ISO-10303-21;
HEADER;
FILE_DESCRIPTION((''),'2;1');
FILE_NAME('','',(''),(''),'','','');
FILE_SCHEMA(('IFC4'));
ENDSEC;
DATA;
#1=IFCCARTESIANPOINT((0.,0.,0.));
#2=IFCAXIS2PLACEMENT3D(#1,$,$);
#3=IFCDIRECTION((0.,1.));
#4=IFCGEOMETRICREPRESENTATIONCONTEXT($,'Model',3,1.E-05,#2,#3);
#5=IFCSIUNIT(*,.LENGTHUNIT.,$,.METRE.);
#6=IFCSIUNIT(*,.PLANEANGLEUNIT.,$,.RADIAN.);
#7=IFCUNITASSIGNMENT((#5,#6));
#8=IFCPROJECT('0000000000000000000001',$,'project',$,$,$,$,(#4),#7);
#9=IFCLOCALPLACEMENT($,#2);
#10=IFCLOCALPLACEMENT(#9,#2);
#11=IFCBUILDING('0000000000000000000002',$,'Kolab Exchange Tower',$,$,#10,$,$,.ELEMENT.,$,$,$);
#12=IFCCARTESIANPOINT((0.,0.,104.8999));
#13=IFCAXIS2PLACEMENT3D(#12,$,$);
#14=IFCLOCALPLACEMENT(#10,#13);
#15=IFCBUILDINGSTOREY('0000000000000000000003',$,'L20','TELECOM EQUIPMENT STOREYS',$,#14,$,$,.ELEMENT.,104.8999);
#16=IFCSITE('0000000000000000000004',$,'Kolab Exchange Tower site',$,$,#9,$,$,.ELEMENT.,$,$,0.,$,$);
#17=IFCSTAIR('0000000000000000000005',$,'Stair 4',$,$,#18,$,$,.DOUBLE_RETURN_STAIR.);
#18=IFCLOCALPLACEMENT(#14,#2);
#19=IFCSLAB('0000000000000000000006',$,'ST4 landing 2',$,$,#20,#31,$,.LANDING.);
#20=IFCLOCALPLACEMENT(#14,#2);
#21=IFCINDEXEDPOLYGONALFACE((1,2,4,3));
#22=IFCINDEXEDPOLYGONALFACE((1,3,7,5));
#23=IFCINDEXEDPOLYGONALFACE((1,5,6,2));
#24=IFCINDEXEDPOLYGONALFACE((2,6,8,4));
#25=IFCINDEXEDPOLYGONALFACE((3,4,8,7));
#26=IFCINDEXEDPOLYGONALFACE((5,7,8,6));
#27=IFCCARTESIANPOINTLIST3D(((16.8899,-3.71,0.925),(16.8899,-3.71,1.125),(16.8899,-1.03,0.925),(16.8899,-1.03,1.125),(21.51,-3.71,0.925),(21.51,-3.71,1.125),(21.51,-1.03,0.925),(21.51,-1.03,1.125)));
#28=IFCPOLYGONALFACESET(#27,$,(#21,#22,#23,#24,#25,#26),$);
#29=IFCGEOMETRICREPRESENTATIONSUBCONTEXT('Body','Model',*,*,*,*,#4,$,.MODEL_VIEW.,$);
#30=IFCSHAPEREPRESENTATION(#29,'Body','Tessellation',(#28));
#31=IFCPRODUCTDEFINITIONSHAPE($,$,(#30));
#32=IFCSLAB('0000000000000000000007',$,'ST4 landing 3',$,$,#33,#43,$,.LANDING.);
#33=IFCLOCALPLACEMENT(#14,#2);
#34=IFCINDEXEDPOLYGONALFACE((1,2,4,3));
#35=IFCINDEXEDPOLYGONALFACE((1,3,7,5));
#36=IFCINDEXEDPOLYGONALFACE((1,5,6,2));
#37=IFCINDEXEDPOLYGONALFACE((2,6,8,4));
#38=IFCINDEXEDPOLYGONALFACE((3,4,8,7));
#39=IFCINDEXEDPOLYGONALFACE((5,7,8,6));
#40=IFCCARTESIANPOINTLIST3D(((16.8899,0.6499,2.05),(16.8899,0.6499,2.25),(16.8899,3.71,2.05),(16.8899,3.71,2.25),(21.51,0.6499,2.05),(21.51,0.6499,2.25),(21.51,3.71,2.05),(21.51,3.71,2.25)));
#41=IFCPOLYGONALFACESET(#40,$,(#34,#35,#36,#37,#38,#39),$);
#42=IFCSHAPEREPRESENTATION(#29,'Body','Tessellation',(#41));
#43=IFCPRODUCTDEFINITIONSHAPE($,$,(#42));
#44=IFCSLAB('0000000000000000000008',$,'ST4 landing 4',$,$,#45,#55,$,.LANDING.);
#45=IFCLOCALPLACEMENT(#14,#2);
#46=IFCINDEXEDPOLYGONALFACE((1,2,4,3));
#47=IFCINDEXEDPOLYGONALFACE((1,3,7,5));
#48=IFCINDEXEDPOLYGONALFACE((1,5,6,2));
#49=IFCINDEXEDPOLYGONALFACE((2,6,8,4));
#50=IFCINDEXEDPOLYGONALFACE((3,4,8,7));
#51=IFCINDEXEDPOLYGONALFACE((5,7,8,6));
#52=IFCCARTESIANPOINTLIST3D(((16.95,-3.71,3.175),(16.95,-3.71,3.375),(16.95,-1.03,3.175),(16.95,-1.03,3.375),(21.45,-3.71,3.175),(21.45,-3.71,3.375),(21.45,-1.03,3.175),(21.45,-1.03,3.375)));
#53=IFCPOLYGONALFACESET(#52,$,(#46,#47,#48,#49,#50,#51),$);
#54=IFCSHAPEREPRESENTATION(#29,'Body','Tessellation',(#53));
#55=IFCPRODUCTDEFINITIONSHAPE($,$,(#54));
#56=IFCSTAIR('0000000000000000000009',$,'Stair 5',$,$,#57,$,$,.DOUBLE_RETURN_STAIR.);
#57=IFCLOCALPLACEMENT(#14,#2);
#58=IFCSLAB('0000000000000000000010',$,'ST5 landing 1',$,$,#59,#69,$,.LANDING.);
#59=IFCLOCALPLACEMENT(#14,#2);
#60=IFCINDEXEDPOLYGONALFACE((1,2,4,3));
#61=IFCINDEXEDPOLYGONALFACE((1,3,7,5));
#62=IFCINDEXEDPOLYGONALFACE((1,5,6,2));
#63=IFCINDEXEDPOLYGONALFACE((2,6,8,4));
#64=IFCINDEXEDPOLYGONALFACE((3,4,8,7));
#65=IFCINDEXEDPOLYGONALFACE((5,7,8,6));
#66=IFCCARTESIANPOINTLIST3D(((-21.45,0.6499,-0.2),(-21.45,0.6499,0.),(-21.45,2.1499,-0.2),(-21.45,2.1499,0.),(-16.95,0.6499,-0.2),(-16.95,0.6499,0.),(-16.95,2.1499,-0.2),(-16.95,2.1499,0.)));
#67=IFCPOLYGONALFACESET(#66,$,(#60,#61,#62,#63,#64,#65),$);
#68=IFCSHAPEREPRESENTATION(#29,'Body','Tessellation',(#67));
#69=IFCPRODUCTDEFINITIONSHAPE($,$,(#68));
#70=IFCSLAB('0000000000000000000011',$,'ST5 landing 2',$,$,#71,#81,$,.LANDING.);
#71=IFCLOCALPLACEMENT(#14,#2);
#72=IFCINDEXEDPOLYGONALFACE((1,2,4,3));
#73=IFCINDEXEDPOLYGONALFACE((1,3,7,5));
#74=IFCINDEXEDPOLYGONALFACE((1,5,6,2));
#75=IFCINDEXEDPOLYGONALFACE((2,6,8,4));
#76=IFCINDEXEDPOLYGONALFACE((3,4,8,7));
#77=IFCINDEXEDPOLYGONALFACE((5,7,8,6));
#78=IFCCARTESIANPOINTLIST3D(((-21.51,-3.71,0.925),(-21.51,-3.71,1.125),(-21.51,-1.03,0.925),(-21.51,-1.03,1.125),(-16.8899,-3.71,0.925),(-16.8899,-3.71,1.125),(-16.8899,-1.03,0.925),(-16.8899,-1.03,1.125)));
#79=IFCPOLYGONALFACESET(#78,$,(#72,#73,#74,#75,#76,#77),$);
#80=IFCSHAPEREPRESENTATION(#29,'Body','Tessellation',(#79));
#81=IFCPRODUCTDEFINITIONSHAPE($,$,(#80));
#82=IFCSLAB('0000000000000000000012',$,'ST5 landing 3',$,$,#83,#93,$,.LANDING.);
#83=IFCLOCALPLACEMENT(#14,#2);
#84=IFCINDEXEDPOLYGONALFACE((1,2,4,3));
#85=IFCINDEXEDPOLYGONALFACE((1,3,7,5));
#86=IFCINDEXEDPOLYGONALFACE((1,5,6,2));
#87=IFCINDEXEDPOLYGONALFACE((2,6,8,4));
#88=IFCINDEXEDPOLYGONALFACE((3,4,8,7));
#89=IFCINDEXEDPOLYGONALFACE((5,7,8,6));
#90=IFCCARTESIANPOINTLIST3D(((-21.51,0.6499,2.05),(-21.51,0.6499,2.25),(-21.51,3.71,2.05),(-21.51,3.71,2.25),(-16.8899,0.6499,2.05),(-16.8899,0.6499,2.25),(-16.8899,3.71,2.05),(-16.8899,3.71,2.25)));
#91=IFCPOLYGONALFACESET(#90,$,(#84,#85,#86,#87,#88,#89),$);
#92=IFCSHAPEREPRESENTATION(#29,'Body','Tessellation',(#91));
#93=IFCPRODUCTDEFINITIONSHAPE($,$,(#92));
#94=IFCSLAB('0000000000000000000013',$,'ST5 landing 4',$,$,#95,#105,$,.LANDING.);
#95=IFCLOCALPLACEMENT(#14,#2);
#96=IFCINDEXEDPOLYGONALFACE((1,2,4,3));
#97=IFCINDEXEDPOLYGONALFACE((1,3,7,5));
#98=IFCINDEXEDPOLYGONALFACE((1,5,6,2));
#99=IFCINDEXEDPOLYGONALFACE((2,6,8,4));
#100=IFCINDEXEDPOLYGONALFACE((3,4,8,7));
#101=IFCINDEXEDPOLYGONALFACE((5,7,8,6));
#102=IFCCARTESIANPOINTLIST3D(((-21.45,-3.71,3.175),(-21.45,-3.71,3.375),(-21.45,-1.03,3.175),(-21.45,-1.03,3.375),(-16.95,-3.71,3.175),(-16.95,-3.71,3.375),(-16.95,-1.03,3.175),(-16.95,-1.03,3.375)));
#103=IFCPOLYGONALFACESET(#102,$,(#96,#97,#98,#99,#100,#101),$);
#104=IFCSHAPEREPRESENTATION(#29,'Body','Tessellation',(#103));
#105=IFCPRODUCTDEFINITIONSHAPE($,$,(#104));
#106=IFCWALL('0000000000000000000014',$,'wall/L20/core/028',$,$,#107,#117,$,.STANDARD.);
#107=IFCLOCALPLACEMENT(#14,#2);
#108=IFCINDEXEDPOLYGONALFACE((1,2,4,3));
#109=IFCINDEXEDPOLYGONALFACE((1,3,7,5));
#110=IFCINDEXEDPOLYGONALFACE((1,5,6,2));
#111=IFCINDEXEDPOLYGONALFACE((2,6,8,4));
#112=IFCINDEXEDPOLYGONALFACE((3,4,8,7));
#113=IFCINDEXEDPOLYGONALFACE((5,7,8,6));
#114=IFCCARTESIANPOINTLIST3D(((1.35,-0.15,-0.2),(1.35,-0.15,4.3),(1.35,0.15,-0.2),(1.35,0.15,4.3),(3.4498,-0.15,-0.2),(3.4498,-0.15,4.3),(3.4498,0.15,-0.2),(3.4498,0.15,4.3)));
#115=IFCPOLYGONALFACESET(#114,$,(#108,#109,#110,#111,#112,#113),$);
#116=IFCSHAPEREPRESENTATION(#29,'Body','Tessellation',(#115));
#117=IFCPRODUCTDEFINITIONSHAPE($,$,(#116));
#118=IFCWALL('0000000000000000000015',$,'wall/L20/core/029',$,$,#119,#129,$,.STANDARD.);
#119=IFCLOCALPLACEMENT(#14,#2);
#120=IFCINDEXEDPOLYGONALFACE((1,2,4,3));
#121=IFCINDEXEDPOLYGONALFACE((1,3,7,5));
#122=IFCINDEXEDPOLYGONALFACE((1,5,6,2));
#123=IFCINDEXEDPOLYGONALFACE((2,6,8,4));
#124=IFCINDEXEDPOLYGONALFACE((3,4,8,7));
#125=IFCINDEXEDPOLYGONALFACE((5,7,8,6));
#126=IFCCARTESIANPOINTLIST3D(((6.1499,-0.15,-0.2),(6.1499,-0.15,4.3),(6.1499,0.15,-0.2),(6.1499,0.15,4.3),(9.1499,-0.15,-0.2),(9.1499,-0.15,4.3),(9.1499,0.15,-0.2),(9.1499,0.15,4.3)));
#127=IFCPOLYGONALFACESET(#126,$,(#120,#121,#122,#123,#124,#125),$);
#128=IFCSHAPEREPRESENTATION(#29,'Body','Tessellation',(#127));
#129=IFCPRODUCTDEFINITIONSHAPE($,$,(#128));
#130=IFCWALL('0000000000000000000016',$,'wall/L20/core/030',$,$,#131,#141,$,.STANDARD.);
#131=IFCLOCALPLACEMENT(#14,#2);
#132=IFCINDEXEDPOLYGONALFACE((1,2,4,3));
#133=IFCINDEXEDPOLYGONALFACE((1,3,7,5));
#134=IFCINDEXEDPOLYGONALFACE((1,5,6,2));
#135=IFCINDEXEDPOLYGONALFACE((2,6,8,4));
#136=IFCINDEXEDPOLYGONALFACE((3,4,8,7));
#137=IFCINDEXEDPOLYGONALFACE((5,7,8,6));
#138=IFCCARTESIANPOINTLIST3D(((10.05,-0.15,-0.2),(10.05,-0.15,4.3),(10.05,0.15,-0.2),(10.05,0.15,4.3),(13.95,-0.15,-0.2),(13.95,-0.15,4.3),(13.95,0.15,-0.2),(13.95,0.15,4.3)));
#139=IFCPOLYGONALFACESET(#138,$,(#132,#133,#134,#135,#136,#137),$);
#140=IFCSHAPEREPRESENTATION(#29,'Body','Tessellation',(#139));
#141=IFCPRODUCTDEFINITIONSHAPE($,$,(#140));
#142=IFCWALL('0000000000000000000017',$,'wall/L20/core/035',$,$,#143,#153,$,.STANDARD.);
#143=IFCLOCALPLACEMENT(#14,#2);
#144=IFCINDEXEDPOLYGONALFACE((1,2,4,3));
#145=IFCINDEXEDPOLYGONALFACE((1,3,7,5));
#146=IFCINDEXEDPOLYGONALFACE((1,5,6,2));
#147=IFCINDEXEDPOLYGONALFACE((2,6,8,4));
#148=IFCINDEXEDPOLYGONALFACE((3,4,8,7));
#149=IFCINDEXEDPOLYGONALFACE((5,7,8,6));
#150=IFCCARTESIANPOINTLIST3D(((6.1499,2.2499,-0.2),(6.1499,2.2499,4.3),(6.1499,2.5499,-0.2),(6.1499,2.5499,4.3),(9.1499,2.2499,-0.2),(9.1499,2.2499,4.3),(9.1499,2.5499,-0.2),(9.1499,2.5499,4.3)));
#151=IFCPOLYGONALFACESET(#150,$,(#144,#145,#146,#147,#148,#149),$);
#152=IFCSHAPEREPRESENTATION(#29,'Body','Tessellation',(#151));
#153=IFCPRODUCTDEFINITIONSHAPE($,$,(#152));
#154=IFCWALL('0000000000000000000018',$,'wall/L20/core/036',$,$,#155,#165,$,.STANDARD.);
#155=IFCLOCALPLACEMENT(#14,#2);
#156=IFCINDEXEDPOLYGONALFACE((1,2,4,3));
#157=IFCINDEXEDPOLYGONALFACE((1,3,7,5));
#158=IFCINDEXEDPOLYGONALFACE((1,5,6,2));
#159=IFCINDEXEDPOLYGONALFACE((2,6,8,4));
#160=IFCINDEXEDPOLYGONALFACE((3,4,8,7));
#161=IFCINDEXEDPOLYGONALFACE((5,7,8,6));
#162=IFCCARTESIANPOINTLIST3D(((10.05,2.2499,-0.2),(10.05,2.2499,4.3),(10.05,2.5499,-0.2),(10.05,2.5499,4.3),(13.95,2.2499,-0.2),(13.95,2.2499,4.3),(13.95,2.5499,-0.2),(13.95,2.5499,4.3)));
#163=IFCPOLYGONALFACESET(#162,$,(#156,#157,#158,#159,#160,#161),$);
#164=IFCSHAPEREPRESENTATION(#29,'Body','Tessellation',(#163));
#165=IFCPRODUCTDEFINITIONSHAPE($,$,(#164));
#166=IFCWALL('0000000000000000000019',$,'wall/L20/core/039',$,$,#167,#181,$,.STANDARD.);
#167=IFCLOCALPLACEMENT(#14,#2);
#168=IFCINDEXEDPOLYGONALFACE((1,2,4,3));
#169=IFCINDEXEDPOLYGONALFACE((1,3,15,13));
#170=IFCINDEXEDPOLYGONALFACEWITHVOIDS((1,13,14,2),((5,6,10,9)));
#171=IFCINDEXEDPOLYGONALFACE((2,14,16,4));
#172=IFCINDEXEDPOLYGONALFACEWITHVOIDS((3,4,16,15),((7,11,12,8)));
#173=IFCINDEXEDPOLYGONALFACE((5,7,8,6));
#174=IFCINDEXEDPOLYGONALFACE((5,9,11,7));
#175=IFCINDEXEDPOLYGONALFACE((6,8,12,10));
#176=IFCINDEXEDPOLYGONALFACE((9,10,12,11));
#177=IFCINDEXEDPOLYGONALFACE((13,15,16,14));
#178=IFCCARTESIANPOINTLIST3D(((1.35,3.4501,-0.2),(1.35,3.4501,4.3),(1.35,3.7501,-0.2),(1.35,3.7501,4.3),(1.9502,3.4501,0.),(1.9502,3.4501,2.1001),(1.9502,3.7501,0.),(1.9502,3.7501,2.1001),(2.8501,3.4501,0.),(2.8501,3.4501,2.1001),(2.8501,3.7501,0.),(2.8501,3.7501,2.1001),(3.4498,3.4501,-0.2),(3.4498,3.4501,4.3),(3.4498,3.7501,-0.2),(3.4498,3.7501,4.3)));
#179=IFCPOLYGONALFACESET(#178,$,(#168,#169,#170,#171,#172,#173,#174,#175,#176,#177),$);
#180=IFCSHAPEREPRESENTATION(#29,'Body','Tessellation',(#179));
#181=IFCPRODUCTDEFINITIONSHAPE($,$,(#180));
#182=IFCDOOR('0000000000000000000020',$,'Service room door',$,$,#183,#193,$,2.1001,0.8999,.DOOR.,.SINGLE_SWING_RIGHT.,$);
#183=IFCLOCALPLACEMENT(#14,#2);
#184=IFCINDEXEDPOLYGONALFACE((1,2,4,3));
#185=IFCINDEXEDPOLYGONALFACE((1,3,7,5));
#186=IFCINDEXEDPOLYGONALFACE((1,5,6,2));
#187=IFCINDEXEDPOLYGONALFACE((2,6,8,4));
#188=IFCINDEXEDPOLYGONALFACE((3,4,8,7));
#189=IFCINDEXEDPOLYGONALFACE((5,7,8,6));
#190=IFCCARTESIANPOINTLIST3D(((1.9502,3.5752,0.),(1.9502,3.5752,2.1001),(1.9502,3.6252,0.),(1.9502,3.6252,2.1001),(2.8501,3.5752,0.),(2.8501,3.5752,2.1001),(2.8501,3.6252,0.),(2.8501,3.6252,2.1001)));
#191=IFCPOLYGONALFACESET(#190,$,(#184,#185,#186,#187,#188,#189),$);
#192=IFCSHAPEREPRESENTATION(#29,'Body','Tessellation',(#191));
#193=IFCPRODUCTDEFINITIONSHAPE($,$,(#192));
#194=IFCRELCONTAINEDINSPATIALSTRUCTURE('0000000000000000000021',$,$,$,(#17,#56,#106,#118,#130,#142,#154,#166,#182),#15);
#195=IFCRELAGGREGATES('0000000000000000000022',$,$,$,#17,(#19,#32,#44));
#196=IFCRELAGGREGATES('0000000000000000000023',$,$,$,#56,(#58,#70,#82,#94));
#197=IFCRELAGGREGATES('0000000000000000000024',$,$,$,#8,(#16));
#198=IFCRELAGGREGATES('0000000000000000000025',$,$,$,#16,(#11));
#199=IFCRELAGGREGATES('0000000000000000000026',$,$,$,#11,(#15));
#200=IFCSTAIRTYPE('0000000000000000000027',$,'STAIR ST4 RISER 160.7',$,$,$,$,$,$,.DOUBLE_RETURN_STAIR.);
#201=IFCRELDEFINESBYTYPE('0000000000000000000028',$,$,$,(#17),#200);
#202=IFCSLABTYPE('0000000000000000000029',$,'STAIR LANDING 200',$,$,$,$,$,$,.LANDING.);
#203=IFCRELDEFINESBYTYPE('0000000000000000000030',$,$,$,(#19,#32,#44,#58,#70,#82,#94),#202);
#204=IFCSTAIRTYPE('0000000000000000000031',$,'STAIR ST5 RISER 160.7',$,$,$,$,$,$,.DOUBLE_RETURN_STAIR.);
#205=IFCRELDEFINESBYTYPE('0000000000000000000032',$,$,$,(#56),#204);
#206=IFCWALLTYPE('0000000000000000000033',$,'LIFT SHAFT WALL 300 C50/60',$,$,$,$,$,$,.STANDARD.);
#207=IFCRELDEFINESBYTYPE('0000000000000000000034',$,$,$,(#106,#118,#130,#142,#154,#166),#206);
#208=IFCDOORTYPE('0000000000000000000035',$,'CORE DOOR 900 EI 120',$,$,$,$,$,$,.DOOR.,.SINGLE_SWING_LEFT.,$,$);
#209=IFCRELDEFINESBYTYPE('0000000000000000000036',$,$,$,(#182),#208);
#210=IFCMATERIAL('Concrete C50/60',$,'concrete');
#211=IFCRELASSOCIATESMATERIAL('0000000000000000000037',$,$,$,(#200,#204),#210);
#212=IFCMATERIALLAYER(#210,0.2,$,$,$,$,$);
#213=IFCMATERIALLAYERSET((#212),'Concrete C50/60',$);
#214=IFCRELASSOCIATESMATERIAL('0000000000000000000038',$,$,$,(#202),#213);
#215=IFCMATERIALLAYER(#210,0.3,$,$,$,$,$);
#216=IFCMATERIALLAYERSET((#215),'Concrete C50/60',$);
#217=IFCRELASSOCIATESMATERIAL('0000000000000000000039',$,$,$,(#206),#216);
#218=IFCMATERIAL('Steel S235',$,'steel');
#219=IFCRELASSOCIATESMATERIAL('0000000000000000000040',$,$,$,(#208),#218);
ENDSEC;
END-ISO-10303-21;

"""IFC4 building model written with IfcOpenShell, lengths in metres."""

from ifc_helpers import new_model, si_unit, direction, frame, frame_2d, origin, place, context, subcontext, project, spatial, polyline, rectangle, outline, extrude, material, layer, layer_set, type_object, element, fill, aggregate, save


model = new_model("IFC4")

# Units and contexts
model_context = context("Model", 3, precision=1e-05, world=origin(), true_north=direction((0.0, 1.0)))
body_context = subcontext(model_context, "Body", "Model", "MODEL_VIEW")
ifc_project = project(units=[si_unit("LENGTHUNIT", "METRE"), si_unit("PLANEANGLEUNIT", "RADIAN")], contexts=[model_context])

# Site, building, storey
site_placement = place(None, origin())
site = spatial("IfcSite", under=ifc_project, at=site_placement, Name="Kolab Exchange Tower site", CompositionType="ELEMENT", RefElevation=0.0)
building_placement = place(site_placement, origin())
building = spatial("IfcBuilding", under=site, at=building_placement, Name="Kolab Exchange Tower", CompositionType="ELEMENT")
storey_placement = place(building_placement, frame((0.0, 0.0, 104.8999)))
storey = spatial("IfcBuildingStorey", under=building, at=storey_placement, Name="L20", Description="TELECOM EQUIPMENT STOREYS", CompositionType="ELEMENT", Elevation=104.8999)

# Stairs, slabs
ifc_material_1 = material(Name="Concrete C50/60", Category="concrete")
stair_type_1 = type_object("IfcStairType", Name="STAIR ST4 RISER 160.7", PredefinedType="DOUBLE_RETURN_STAIR", material=ifc_material_1)
stair_1_placement = place(storey_placement, origin())
stair_1 = element("IfcStair", 1, at=stair_1_placement, inside=storey, type_object=stair_type_1, Name="Stair 4", PredefinedType="DOUBLE_RETURN_STAIR")
ifc_layer_1 = layer(ifc_material_1, 0.2)
ifc_layer_set_1 = layer_set([ifc_layer_1], Name="Concrete C50/60")
slab_type = type_object("IfcSlabType", Name="STAIR LANDING 200", PredefinedType="LANDING", material=ifc_layer_set_1)
slab_1_placement = place(storey_placement, frame((0.0, 0.0, 0.925)))
slab_1 = element("IfcSlab", 2, at=slab_1_placement, type_object=slab_type, Name="ST4 landing 2", PredefinedType="LANDING", context=body_context, shape_type="SweptSolid", body=[
    extrude(outline(polyline([(16.8899, -3.71), (21.51, -3.71), (21.51, -1.03), (16.8899, -1.03), (16.8899, -3.71)])), origin(), (0.0, 0.0, 1.0), 0.2),
])
slab_2_placement = place(storey_placement, frame((0.0, 0.0, 2.05)))
slab_2 = element("IfcSlab", 3, at=slab_2_placement, type_object=slab_type, Name="ST4 landing 3", PredefinedType="LANDING", context=body_context, shape_type="SweptSolid", body=[
    extrude(outline(polyline([(16.8899, 0.6499), (21.51, 0.6499), (21.51, 3.71), (16.8899, 3.71), (16.8899, 0.6499)])), origin(), (0.0, 0.0, 1.0), 0.2),
])
slab_3_placement = place(storey_placement, frame((0.0, 0.0, 3.175)))
slab_3 = element("IfcSlab", 4, at=slab_3_placement, type_object=slab_type, Name="ST4 landing 4", PredefinedType="LANDING", context=body_context, shape_type="SweptSolid", body=[
    extrude(outline(polyline([(16.95, -3.71), (21.45, -3.71), (21.45, -1.03), (16.95, -1.03), (16.95, -3.71)])), origin(), (0.0, 0.0, 1.0), 0.2),
])
aggregate(stair_1, [slab_1, slab_2, slab_3])
stair_type_2 = type_object("IfcStairType", Name="STAIR ST5 RISER 160.7", PredefinedType="DOUBLE_RETURN_STAIR", material=ifc_material_1)
stair_2_placement = place(storey_placement, origin())
stair_2 = element("IfcStair", 5, at=stair_2_placement, inside=storey, type_object=stair_type_2, Name="Stair 5", PredefinedType="DOUBLE_RETURN_STAIR")
slab_4_placement = place(storey_placement, frame((0.0, 0.0, -0.2)))
slab_4 = element("IfcSlab", 6, at=slab_4_placement, type_object=slab_type, Name="ST5 landing 1", PredefinedType="LANDING", context=body_context, shape_type="SweptSolid", body=[
    extrude(outline(polyline([(-21.45, 0.6499), (-16.95, 0.6499), (-16.95, 2.1499), (-21.45, 2.1499), (-21.45, 0.6499)])), origin(), (0.0, 0.0, 1.0), 0.2),
])
slab_5_placement = place(storey_placement, frame((0.0, 0.0, 0.925)))
slab_5 = element("IfcSlab", 7, at=slab_5_placement, type_object=slab_type, Name="ST5 landing 2", PredefinedType="LANDING", context=body_context, shape_type="SweptSolid", body=[
    extrude(outline(polyline([(-21.51, -3.71), (-16.8899, -3.71), (-16.8899, -1.03), (-21.51, -1.03), (-21.51, -3.71)])), origin(), (0.0, 0.0, 1.0), 0.2),
])
slab_6_placement = place(storey_placement, frame((0.0, 0.0, 2.05)))
slab_6 = element("IfcSlab", 8, at=slab_6_placement, type_object=slab_type, Name="ST5 landing 3", PredefinedType="LANDING", context=body_context, shape_type="SweptSolid", body=[
    extrude(outline(polyline([(-21.51, 0.6499), (-16.8899, 0.6499), (-16.8899, 3.71), (-21.51, 3.71), (-21.51, 0.6499)])), origin(), (0.0, 0.0, 1.0), 0.2),
])
slab_7_placement = place(storey_placement, frame((0.0, 0.0, 3.175)))
slab_7 = element("IfcSlab", 9, at=slab_7_placement, type_object=slab_type, Name="ST5 landing 4", PredefinedType="LANDING", context=body_context, shape_type="SweptSolid", body=[
    extrude(outline(polyline([(-21.45, -3.71), (-16.95, -3.71), (-16.95, -1.03), (-21.45, -1.03), (-21.45, -3.71)])), origin(), (0.0, 0.0, 1.0), 0.2),
])
aggregate(stair_2, [slab_4, slab_5, slab_6, slab_7])

# Walls
ifc_layer_2 = layer(ifc_material_1, 0.3)
ifc_layer_set_2 = layer_set([ifc_layer_2], Name="Concrete C50/60")
wall_type_1 = type_object("IfcWallType", Name="LIFT SHAFT WALL 300 C50/60", PredefinedType="STANDARD", material=ifc_layer_set_2)
wall_1_placement = place(storey_placement, frame((1.3501, 0.0, -0.2), z_axis=(0.0, 0.0, 1.0), x_axis=(1.0, 0.0, 0.0)))
element("IfcWall", 10, at=wall_1_placement, inside=storey, type_object=wall_type_1, Name="wall/L20/core/028", PredefinedType="STANDARD", context=body_context, shape_type="SweptSolid", body=[
    extrude(rectangle(XDim=2.0999, YDim=0.3, at=frame_2d((1.0498, 0.0))), origin(), (0.0, 0.0, 1.0), 4.5),
])
wall_2_placement = place(storey_placement, frame((6.1499, 0.0, -0.2), z_axis=(0.0, 0.0, 1.0), x_axis=(1.0, 0.0, 0.0)))
element("IfcWall", 11, at=wall_2_placement, inside=storey, type_object=wall_type_1, Name="wall/L20/core/029", PredefinedType="STANDARD", context=body_context, shape_type="SweptSolid", body=[
    extrude(rectangle(XDim=3.0, YDim=0.3, at=frame_2d((1.5, 0.0))), origin(), (0.0, 0.0, 1.0), 4.5),
])
wall_3_placement = place(storey_placement, frame((10.05, 0.0, -0.2), z_axis=(0.0, 0.0, 1.0), x_axis=(1.0, 0.0, 0.0)))
element("IfcWall", 12, at=wall_3_placement, inside=storey, type_object=wall_type_1, Name="wall/L20/core/030", PredefinedType="STANDARD", context=body_context, shape_type="SweptSolid", body=[
    extrude(rectangle(XDim=3.8999, YDim=0.3, at=frame_2d((1.95, 0.0))), origin(), (0.0, 0.0, 1.0), 4.5),
])
wall_4_placement = place(storey_placement, frame((6.1499, 2.3999, -0.2), z_axis=(0.0, 0.0, 1.0), x_axis=(1.0, 0.0, 0.0)))
element("IfcWall", 13, at=wall_4_placement, inside=storey, type_object=wall_type_1, Name="wall/L20/core/035", PredefinedType="STANDARD", context=body_context, shape_type="SweptSolid", body=[
    extrude(rectangle(XDim=3.0, YDim=0.3, at=frame_2d((1.5, 0.0))), origin(), (0.0, 0.0, 1.0), 4.5),
])
wall_5_placement = place(storey_placement, frame((10.05, 2.3999, -0.2), z_axis=(0.0, 0.0, 1.0), x_axis=(1.0, 0.0, 0.0)))
element("IfcWall", 14, at=wall_5_placement, inside=storey, type_object=wall_type_1, Name="wall/L20/core/036", PredefinedType="STANDARD", context=body_context, shape_type="SweptSolid", body=[
    extrude(rectangle(XDim=3.8999, YDim=0.3, at=frame_2d((1.95, 0.0))), origin(), (0.0, 0.0, 1.0), 4.5),
])

# Wall, opening, door
wall_6_placement = place(storey_placement, frame((1.3501, 3.6001, -0.2), z_axis=(0.0, 0.0, 1.0), x_axis=(1.0, 0.0, 0.0)))
wall_6 = element("IfcWall", 15, at=wall_6_placement, inside=storey, type_object=wall_type_1, Name="wall/L20/core/039", PredefinedType="STANDARD", context=body_context, shape_type="SweptSolid", body=[
    extrude(rectangle(XDim=2.0999, YDim=0.3, at=frame_2d((1.0498, 0.0))), origin(), (0.0, 0.0, 1.0), 4.5),
])
opening_1_placement = place(wall_6_placement, frame((0.6001, 0.0, 0.2)))
opening_1 = element("IfcOpeningElement", 16, at=opening_1_placement, cuts=wall_6, PredefinedType="OPENING", context=body_context, shape_type="SweptSolid", body=[
    extrude(rectangle(XDim=0.8999, YDim=2.1001, at=frame_2d((0.45, 1.05))), frame((0.0, 0.1602, 0.0), z_axis=(0.0, -1.0, 0.0), x_axis=(1.0, 0.0, 0.0)), (0.0, 0.0, 1.0), 0.3201),
])
ifc_material_2 = material(Name="Steel S235", Category="steel")
door_type_1 = type_object("IfcDoorType", Name="CORE DOOR 900 EI 120", OperationType="SINGLE_SWING_LEFT", PredefinedType="DOOR", material=ifc_material_2)
door_1_placement = place(opening_1_placement, frame((0.8999, 0.0, 0.0), z_axis=(0.0, 0.0, 1.0), x_axis=(-1.0, 0.0, 0.0)))
door_1 = element("IfcDoor", 17, at=door_1_placement, inside=storey, type_object=door_type_1, Name="Service room door", OperationType="SINGLE_SWING_RIGHT", OverallHeight=2.1001, OverallWidth=0.8999, PredefinedType="DOOR", context=body_context, shape_type="SweptSolid", body=[
    extrude(rectangle(XDim=0.8999, YDim=2.1001, at=frame_2d((0.45, 1.05))), frame((0.0, 0.0249, 0.0), z_axis=(0.0, -1.0, 0.0), x_axis=(1.0, 0.0, 0.0)), (0.0, 0.0, 1.0), 0.05),
])
fill(opening_1, door_1)

save(model, "model.ifc")
